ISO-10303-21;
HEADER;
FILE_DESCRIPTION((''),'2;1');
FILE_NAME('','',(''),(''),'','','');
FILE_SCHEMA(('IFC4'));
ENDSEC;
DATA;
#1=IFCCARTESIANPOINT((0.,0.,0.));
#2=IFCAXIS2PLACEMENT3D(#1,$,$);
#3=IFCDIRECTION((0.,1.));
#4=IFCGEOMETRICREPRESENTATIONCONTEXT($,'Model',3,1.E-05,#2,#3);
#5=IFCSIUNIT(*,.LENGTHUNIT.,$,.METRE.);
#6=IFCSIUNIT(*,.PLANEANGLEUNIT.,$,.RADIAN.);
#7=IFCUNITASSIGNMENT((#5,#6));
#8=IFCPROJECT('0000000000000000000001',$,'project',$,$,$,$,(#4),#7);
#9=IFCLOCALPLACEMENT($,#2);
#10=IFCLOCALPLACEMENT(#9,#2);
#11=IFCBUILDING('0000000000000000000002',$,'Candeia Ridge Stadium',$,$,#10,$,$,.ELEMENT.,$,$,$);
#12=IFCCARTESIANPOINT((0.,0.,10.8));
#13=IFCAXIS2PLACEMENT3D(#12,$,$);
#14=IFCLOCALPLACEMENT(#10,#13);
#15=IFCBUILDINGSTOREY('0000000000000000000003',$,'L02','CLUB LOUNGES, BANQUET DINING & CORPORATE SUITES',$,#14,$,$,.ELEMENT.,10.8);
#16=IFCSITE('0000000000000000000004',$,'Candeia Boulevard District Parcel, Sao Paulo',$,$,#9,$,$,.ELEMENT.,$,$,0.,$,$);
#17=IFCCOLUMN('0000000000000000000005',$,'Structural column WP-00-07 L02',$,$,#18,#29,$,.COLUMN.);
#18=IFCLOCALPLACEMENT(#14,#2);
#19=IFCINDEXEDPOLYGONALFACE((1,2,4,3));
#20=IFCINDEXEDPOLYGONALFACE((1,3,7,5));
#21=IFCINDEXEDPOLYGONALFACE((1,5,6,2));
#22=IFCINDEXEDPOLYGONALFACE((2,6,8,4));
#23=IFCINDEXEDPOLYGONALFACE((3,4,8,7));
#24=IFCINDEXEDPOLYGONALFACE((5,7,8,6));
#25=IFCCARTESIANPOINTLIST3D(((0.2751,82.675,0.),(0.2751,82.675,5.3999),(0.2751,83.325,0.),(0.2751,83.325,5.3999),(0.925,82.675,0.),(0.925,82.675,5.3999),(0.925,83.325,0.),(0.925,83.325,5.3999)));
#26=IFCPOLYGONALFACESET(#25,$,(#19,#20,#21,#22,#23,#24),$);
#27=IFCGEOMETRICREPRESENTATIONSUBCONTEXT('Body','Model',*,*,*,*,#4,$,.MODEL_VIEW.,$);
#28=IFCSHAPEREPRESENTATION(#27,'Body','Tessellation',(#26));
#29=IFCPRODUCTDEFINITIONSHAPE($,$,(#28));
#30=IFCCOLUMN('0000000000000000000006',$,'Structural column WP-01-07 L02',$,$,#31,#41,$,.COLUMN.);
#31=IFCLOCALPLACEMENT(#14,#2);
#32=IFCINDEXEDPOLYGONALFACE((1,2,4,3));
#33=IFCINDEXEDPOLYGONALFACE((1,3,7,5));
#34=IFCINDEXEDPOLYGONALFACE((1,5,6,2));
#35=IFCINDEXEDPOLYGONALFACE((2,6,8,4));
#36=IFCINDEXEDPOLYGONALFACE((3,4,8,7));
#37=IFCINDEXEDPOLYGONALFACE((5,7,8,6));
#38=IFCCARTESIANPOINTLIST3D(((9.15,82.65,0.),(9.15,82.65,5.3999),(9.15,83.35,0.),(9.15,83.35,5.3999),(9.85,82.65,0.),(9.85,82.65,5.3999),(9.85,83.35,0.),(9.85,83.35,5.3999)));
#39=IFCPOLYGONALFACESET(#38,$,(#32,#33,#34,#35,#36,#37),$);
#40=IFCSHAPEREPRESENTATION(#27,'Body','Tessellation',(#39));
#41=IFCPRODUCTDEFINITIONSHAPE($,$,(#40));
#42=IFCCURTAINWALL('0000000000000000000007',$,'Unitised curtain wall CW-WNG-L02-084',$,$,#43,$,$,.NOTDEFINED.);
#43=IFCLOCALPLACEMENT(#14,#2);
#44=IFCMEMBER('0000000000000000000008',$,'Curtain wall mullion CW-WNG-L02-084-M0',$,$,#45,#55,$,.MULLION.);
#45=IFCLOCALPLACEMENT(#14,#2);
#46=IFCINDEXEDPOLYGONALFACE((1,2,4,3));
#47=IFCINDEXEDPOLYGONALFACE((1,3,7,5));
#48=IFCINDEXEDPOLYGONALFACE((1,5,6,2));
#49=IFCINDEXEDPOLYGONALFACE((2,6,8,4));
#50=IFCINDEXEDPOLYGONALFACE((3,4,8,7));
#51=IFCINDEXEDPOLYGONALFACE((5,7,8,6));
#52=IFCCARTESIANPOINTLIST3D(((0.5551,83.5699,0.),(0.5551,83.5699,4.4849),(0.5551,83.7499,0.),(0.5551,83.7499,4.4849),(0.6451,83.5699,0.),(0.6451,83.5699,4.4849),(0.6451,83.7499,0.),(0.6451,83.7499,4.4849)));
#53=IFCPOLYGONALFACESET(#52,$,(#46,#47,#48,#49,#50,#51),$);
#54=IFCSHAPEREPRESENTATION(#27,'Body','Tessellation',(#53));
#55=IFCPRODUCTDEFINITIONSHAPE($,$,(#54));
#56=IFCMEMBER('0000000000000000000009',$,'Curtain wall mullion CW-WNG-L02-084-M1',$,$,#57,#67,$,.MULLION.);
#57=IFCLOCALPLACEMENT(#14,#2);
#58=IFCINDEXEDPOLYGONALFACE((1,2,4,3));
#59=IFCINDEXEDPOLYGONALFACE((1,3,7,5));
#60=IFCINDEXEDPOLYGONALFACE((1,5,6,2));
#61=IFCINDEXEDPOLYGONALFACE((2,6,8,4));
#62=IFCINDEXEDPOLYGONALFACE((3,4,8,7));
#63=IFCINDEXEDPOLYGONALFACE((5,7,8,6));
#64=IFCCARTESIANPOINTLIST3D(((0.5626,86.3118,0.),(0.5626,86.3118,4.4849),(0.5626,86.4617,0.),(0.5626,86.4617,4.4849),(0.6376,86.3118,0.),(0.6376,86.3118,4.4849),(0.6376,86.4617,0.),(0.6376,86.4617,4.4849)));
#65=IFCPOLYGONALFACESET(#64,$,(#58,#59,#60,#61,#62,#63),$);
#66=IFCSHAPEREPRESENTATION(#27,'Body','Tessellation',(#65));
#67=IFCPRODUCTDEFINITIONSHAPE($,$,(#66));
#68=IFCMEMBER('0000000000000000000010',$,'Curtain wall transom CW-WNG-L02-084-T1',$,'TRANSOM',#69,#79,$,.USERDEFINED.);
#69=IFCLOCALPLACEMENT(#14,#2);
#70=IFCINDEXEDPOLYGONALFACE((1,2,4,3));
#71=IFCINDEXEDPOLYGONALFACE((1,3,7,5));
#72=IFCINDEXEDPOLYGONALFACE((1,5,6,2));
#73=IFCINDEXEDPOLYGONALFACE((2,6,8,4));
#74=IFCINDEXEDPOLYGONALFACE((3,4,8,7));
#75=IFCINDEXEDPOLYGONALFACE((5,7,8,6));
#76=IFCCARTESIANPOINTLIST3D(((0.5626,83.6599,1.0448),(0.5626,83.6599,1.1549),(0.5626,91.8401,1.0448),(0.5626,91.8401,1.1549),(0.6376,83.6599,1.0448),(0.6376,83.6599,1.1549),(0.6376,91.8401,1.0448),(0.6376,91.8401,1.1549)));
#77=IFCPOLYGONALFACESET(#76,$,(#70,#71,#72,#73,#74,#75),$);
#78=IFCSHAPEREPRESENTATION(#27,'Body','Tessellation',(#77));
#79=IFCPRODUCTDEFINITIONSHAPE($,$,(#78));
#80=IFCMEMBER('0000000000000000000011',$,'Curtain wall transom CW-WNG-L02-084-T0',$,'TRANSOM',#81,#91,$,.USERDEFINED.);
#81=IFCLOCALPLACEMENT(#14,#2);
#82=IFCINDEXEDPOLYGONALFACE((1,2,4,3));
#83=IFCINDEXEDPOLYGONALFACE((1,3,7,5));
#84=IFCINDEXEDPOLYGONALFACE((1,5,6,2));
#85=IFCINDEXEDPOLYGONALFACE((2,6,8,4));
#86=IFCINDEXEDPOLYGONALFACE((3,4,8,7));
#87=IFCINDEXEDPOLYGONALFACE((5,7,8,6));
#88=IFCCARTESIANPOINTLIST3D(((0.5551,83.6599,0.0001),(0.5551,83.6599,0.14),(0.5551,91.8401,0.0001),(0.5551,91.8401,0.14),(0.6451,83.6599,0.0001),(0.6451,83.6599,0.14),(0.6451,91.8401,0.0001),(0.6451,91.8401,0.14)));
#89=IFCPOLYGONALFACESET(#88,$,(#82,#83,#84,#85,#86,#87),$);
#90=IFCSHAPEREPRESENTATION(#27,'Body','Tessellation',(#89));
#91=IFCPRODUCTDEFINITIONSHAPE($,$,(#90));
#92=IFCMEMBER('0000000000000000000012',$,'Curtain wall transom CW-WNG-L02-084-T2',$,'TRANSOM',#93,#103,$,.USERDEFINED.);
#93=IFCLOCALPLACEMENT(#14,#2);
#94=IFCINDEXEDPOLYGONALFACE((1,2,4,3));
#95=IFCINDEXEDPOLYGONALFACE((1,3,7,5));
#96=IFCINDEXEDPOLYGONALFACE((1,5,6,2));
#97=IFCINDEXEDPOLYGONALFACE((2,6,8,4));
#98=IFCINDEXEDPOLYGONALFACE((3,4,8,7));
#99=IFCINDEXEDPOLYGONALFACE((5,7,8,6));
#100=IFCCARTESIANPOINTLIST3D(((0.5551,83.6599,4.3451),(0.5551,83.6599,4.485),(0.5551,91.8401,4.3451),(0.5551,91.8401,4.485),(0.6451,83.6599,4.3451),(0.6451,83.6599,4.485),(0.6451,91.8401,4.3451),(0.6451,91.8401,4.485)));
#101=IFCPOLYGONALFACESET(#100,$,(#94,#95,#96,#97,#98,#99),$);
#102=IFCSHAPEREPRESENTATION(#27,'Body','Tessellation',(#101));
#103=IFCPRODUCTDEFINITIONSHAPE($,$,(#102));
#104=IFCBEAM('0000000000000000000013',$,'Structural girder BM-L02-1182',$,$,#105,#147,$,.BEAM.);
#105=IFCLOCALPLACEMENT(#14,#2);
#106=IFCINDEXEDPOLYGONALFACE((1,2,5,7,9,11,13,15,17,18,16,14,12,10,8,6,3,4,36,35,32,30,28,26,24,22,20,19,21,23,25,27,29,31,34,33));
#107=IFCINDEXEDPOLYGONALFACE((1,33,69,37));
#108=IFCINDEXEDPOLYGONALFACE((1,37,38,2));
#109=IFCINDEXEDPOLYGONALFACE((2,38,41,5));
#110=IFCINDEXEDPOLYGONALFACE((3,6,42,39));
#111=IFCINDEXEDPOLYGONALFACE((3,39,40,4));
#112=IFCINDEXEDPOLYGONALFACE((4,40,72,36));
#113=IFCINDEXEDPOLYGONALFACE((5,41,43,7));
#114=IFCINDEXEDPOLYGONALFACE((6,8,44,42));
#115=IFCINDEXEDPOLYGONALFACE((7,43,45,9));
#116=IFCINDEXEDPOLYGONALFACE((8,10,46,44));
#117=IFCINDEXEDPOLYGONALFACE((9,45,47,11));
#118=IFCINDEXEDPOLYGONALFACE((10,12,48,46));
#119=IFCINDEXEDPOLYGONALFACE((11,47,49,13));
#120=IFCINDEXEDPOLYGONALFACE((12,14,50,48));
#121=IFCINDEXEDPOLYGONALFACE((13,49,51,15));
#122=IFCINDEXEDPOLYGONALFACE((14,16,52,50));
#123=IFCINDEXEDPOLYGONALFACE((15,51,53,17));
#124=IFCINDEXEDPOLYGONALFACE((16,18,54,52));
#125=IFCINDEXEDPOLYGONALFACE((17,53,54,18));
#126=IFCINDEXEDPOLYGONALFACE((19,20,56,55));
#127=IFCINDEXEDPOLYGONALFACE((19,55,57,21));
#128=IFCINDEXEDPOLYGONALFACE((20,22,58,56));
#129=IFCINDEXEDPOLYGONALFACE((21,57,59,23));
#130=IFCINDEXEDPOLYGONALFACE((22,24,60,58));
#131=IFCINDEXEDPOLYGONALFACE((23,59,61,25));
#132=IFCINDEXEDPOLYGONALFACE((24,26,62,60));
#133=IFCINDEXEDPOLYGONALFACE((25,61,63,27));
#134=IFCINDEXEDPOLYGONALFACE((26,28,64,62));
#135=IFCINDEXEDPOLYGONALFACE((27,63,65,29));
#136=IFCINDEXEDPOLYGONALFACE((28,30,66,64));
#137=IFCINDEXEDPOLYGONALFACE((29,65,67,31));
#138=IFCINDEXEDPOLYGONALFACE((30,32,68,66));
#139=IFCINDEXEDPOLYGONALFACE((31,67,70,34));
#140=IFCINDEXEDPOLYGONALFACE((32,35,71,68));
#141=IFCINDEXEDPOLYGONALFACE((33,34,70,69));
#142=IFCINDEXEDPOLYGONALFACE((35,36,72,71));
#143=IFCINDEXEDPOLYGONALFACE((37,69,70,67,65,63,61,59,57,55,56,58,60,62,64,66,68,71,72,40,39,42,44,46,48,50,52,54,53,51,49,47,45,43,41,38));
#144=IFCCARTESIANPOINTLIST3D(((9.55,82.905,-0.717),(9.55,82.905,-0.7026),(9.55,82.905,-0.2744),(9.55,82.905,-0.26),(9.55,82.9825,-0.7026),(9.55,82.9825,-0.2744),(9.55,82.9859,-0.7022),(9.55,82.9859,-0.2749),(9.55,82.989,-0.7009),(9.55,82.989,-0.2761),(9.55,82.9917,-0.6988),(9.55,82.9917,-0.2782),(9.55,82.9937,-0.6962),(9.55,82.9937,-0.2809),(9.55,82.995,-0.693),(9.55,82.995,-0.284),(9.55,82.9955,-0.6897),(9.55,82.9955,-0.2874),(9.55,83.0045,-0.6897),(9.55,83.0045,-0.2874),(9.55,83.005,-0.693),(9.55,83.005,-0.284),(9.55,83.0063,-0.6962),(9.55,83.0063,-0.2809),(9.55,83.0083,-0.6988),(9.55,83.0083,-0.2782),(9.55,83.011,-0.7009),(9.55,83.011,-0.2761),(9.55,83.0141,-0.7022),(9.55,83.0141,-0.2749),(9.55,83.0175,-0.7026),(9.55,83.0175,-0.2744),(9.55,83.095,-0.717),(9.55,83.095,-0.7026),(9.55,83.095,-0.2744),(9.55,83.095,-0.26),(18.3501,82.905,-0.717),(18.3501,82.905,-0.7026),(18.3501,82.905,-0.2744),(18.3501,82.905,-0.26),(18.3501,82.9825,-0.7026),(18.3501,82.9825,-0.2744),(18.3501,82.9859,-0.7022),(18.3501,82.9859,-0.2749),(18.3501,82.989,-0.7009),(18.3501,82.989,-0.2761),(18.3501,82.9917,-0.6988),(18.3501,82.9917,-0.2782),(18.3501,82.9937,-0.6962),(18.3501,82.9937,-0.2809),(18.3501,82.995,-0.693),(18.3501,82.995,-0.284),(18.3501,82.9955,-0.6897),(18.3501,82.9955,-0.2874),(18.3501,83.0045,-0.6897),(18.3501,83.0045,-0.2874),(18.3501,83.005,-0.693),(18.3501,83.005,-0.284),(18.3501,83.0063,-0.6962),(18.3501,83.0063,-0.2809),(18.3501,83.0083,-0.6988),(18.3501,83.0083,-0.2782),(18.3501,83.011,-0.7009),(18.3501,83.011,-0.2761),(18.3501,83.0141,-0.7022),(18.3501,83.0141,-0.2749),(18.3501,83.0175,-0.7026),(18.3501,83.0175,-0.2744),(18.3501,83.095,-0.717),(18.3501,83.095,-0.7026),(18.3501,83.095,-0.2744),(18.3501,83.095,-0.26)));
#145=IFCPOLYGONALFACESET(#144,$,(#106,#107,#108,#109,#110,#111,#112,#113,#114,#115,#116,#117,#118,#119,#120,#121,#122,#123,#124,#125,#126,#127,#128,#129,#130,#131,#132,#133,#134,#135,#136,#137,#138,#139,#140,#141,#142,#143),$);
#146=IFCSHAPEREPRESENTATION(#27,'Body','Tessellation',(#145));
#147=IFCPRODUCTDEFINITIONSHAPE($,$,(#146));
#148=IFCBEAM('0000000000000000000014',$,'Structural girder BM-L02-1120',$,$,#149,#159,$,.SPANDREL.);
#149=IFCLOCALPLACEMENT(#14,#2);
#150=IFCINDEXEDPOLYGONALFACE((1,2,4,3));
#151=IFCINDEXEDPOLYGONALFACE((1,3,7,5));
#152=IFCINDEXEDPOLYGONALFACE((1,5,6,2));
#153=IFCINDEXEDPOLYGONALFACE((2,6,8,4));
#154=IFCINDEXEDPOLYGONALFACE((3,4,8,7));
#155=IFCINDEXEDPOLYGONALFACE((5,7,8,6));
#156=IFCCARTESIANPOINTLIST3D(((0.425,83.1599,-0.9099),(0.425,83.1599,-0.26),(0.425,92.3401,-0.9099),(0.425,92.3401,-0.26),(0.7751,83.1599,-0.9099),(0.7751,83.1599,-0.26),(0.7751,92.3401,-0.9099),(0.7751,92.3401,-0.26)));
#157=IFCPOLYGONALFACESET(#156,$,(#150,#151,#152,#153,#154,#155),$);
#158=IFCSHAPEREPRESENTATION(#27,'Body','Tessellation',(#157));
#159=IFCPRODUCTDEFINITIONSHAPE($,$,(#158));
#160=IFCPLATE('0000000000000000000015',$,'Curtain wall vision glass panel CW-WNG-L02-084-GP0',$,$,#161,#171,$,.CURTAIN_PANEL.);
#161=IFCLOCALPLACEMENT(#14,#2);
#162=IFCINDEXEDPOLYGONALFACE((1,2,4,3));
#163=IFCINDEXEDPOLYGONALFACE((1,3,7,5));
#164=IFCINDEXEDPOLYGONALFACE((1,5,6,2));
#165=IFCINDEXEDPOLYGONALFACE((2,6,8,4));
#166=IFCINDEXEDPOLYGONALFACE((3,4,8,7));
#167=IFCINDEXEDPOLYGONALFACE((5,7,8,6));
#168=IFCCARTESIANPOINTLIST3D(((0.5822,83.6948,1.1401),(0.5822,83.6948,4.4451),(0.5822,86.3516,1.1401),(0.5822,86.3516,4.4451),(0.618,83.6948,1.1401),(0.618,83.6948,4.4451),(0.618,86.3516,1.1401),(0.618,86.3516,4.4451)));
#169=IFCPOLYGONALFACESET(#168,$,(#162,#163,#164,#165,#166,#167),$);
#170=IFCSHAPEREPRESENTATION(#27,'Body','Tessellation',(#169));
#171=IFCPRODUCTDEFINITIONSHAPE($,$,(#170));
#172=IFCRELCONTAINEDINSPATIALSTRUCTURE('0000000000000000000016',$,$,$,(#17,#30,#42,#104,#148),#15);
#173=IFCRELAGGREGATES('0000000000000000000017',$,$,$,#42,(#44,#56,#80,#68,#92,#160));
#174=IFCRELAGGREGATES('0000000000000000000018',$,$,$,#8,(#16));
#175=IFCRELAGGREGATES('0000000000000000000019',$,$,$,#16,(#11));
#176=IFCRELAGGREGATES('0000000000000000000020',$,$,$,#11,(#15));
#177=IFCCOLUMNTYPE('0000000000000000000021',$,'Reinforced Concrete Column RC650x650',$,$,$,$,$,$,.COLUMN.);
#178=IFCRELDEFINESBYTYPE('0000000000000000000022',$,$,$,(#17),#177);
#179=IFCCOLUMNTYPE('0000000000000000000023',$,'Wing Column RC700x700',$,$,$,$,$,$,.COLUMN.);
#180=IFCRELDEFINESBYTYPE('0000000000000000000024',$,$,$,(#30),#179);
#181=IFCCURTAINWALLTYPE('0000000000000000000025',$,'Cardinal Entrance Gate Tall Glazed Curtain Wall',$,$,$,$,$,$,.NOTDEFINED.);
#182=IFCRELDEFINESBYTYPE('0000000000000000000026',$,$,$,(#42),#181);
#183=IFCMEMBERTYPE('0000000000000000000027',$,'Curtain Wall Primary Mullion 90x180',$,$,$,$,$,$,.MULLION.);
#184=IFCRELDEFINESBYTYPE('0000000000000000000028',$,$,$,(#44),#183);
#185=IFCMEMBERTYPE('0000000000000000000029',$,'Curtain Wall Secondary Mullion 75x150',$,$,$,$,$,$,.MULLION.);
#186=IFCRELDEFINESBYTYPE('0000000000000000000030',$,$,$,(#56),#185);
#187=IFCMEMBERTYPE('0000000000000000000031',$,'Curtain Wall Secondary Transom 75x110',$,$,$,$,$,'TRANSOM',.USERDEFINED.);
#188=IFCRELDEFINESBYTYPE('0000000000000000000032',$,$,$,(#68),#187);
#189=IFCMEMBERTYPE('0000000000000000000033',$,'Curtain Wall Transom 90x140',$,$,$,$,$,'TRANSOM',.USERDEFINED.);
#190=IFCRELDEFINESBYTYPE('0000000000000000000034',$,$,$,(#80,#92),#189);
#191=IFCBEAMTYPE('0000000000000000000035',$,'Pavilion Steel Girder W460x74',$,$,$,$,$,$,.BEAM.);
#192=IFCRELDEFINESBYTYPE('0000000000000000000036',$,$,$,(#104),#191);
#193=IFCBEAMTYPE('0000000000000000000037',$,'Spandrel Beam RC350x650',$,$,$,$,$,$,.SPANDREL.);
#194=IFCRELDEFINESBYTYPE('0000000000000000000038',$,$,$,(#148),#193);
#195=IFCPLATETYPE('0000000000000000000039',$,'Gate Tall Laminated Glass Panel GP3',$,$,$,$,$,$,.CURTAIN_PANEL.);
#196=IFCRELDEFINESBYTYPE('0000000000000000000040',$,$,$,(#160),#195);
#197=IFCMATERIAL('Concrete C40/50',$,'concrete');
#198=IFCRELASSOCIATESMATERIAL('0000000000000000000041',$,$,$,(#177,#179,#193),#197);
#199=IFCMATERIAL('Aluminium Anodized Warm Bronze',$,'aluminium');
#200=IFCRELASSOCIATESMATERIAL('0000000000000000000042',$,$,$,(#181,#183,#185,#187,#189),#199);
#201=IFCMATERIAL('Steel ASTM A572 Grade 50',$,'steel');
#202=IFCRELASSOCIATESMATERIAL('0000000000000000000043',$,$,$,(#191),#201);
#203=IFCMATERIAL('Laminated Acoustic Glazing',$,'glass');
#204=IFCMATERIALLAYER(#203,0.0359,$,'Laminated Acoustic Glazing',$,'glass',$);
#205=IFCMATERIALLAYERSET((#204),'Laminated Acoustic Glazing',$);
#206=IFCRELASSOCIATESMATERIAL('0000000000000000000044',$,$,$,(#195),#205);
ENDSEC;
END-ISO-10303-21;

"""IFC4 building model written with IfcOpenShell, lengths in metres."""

from ifc_helpers import new_model, si_unit, direction, frame, origin, origin_2d, place, context, subcontext, project, spatial, rectangle, i_section, extrude, material, layer, layer_set, material_profile, profile_set, type_object, element, aggregate, save


model = new_model("IFC4")

# Units and contexts
model_context = context("Model", 3, precision=1e-05, world=origin(), true_north=direction((0.0, 1.0)))
body_context = subcontext(model_context, "Body", "Model", "MODEL_VIEW")
ifc_project = project(units=[si_unit("LENGTHUNIT", "METRE"), si_unit("PLANEANGLEUNIT", "RADIAN")], contexts=[model_context])

# Site, building, storey
site_placement = place(None, origin())
site = spatial("IfcSite", under=ifc_project, at=site_placement, Name="Candeia Boulevard District Parcel, Sao Paulo", CompositionType="ELEMENT", RefElevation=0.0)
building_placement = place(site_placement, origin())
building = spatial("IfcBuilding", under=site, at=building_placement, Name="Candeia Ridge Stadium", CompositionType="ELEMENT")
storey_placement = place(building_placement, frame((0.0, 0.0, 10.8)))
storey = spatial("IfcBuildingStorey", under=building, at=storey_placement, Name="L02", Description="CLUB LOUNGES, BANQUET DINING & CORPORATE SUITES", CompositionType="ELEMENT", Elevation=10.8)

# Columns
ifc_material_1 = material(Name="Concrete C40/50", Category="concrete")
ifc_material_profile_1 = material_profile(ifc_material_1, rectangle(XDim=0.6499, YDim=0.6499, at=origin_2d()), Name="RC650x650", Category="concrete")
ifc_profile_set_1 = profile_set([ifc_material_profile_1], Name="Concrete C40/50")
column_type_1 = type_object("IfcColumnType", Name="Reinforced Concrete Column RC650x650", PredefinedType="COLUMN", material=ifc_profile_set_1)
column_1_placement = place(storey_placement, frame((0.6001, 83.0, 0.0), z_axis=(0.0, 0.0, 1.0), x_axis=(1.0, 0.0, 0.0)))
element("IfcColumn", 1, at=column_1_placement, inside=storey, type_object=column_type_1, Name="Structural column WP-00-07 L02", PredefinedType="COLUMN", context=body_context, shape_type="SweptSolid", body=[
    extrude(rectangle(XDim=0.6499, YDim=0.6499, at=origin_2d()), origin(), (0.0, 0.0, 1.0), 5.3999),
])
ifc_material_profile_2 = material_profile(ifc_material_1, rectangle(XDim=0.7, YDim=0.7, at=origin_2d()), Name="RC700x700", Category="concrete")
ifc_profile_set_2 = profile_set([ifc_material_profile_2], Name="Concrete C40/50")
column_type_2 = type_object("IfcColumnType", Name="Wing Column RC700x700", PredefinedType="COLUMN", material=ifc_profile_set_2)
column_2_placement = place(storey_placement, frame((9.5, 83.0, 0.0), z_axis=(0.0, 0.0, 1.0), x_axis=(1.0, 0.0, 0.0)))
element("IfcColumn", 2, at=column_2_placement, inside=storey, type_object=column_type_2, Name="Structural column WP-01-07 L02", PredefinedType="COLUMN", context=body_context, shape_type="SweptSolid", body=[
    extrude(rectangle(XDim=0.7, YDim=0.7, at=origin_2d()), origin(), (0.0, 0.0, 1.0), 5.3999),
])

# Curtain wall, members
ifc_material_2 = material(Name="Aluminium Anodized Warm Bronze", Category="aluminium")
curtain_wall_type = type_object("IfcCurtainWallType", Name="Cardinal Entrance Gate Tall Glazed Curtain Wall", PredefinedType="NOTDEFINED", material=ifc_material_2)
curtain_wall_placement = place(storey_placement, origin())
curtain_wall = element("IfcCurtainWall", 3, at=curtain_wall_placement, inside=storey, type_object=curtain_wall_type, Name="Unitised curtain wall CW-WNG-L02-084", PredefinedType="NOTDEFINED")
ifc_material_profile_3 = material_profile(ifc_material_2, rectangle(XDim=0.0901, YDim=0.1799, at=origin_2d()), Name="CWM-90x180", Category="aluminium")
ifc_profile_set_3 = profile_set([ifc_material_profile_3], Name="Aluminium Anodized Warm Bronze")
member_type_1 = type_object("IfcMemberType", Name="Curtain Wall Primary Mullion 90x180", PredefinedType="MULLION", material=ifc_profile_set_3)
member_1_placement = place(storey_placement, frame((0.6001, 83.6599, 0.0), z_axis=(0.0, 0.0, 1.0), x_axis=(1.0, 0.0, 0.0)))
member_1 = element("IfcMember", 4, at=member_1_placement, type_object=member_type_1, Name="Curtain wall mullion CW-WNG-L02-084-M0", PredefinedType="MULLION", context=body_context, shape_type="SweptSolid", body=[
    extrude(rectangle(XDim=0.0901, YDim=0.1799, at=origin_2d()), origin(), (0.0, 0.0, 1.0), 4.4849),
])
ifc_material_profile_4 = material_profile(ifc_material_2, rectangle(XDim=0.075, YDim=0.1499, at=origin_2d()), Name="CWM-75x150", Category="aluminium")
ifc_profile_set_4 = profile_set([ifc_material_profile_4], Name="Aluminium Anodized Warm Bronze")
member_type_2 = type_object("IfcMemberType", Name="Curtain Wall Secondary Mullion 75x150", PredefinedType="MULLION", material=ifc_profile_set_4)
member_2_placement = place(storey_placement, frame((0.6001, 86.3867, 0.0), z_axis=(0.0, 0.0, 1.0), x_axis=(1.0, 0.0, 0.0)))
member_2 = element("IfcMember", 5, at=member_2_placement, type_object=member_type_2, Name="Curtain wall mullion CW-WNG-L02-084-M1", PredefinedType="MULLION", context=body_context, shape_type="SweptSolid", body=[
    extrude(rectangle(XDim=0.075, YDim=0.1499, at=origin_2d()), origin(), (0.0, 0.0, 1.0), 4.4849),
])
ifc_material_profile_5 = material_profile(ifc_material_2, rectangle(XDim=0.075, YDim=0.1101, at=origin_2d()), Name="CWT-75x110", Category="aluminium")
ifc_profile_set_5 = profile_set([ifc_material_profile_5], Name="Aluminium Anodized Warm Bronze")
member_type_3 = type_object("IfcMemberType", Name="Curtain Wall Secondary Transom 75x110", ElementType="TRANSOM", PredefinedType="USERDEFINED", material=ifc_profile_set_5)
member_3_placement = place(storey_placement, frame((0.6001, 83.6599, 1.0999), z_axis=(0.0, 1.0, 0.0), x_axis=(-1.0, 0.0, 0.0)))
member_3 = element("IfcMember", 6, at=member_3_placement, type_object=member_type_3, Name="Curtain wall transom CW-WNG-L02-084-T1", ObjectType="TRANSOM", PredefinedType="USERDEFINED", context=body_context, shape_type="SweptSolid", body=[
    extrude(rectangle(XDim=0.075, YDim=0.1101, at=origin_2d()), origin(), (0.0, 0.0, 1.0), 8.1802),
])
ifc_material_profile_6 = material_profile(ifc_material_2, rectangle(XDim=0.0901, YDim=0.1399, at=origin_2d()), Name="CWT-90x140", Category="aluminium")
ifc_profile_set_6 = profile_set([ifc_material_profile_6], Name="Aluminium Anodized Warm Bronze")
member_type_4 = type_object("IfcMemberType", Name="Curtain Wall Transom 90x140", ElementType="TRANSOM", PredefinedType="USERDEFINED", material=ifc_profile_set_6)
member_4_placement = place(storey_placement, frame((0.6001, 83.6599, 0.0701), z_axis=(0.0, 1.0, 0.0), x_axis=(-1.0, 0.0, 0.0)))
member_4 = element("IfcMember", 7, at=member_4_placement, type_object=member_type_4, Name="Curtain wall transom CW-WNG-L02-084-T0", ObjectType="TRANSOM", PredefinedType="USERDEFINED", context=body_context, shape_type="SweptSolid", body=[
    extrude(rectangle(XDim=0.0901, YDim=0.1399, at=origin_2d()), origin(), (0.0, 0.0, 1.0), 8.1802),
])
member_5_placement = place(storey_placement, frame((0.6001, 83.6599, 4.415), z_axis=(0.0, 1.0, 0.0), x_axis=(-1.0, 0.0, 0.0)))
member_5 = element("IfcMember", 8, at=member_5_placement, type_object=member_type_4, Name="Curtain wall transom CW-WNG-L02-084-T2", ObjectType="TRANSOM", PredefinedType="USERDEFINED", context=body_context, shape_type="SweptSolid", body=[
    extrude(rectangle(XDim=0.0901, YDim=0.1399, at=origin_2d()), origin(), (0.0, 0.0, 1.0), 8.1802),
])

# Beams
ifc_material_3 = material(Name="Steel ASTM A572 Grade 50", Category="steel")
ifc_material_profile_7 = material_profile(ifc_material_3, i_section(OverallWidth=0.1899, OverallDepth=0.457, WebThickness=0.009, FlangeThickness=0.0144, FilletRadius=0.0129, at=origin_2d()), Name="W460x74", Category="steel")
ifc_profile_set_7 = profile_set([ifc_material_profile_7], Name="Steel ASTM A572 Grade 50")
beam_type_1 = type_object("IfcBeamType", Name="Pavilion Steel Girder W460x74", PredefinedType="BEAM", material=ifc_profile_set_7)
beam_1_placement = place(storey_placement, frame((9.55, 83.0, -0.4885), z_axis=(1.0, 0.0, 0.0), x_axis=(0.0, 1.0, 0.0)))
element("IfcBeam", 9, at=beam_1_placement, inside=storey, type_object=beam_type_1, Name="Structural girder BM-L02-1182", PredefinedType="BEAM", context=body_context, shape_type="SweptSolid", body=[
    extrude(i_section(OverallWidth=0.1899, OverallDepth=0.457, WebThickness=0.009, FlangeThickness=0.0144, FilletRadius=0.0129, at=origin_2d()), origin(), (0.0, 0.0, 1.0), 8.8),
])
ifc_material_profile_8 = material_profile(ifc_material_1, rectangle(XDim=0.3501, YDim=0.6499, at=origin_2d()), Name="RC350x650", Category="concrete")
ifc_profile_set_8 = profile_set([ifc_material_profile_8], Name="Concrete C40/50")
beam_type_2 = type_object("IfcBeamType", Name="Spandrel Beam RC350x650", PredefinedType="SPANDREL", material=ifc_profile_set_8)
beam_2_placement = place(storey_placement, frame((0.6001, 83.1599, -0.585), z_axis=(0.0, 1.0, 0.0), x_axis=(-1.0, 0.0, 0.0)))
element("IfcBeam", 10, at=beam_2_placement, inside=storey, type_object=beam_type_2, Name="Structural girder BM-L02-1120", PredefinedType="SPANDREL", context=body_context, shape_type="SweptSolid", body=[
    extrude(rectangle(XDim=0.3501, YDim=0.6499, at=origin_2d()), origin(), (0.0, 0.0, 1.0), 9.1802),
])

# Plate
ifc_material_4 = material(Name="Laminated Acoustic Glazing", Category="glass")
ifc_layer_1 = layer(ifc_material_4, 0.0359, Name="Laminated Acoustic Glazing", Category="glass")
ifc_layer_set_1 = layer_set([ifc_layer_1], Name="Laminated Acoustic Glazing")
plate_type_1 = type_object("IfcPlateType", Name="Gate Tall Laminated Glass Panel GP3", PredefinedType="CURTAIN_PANEL", material=ifc_layer_set_1)
plate_1_placement = place(storey_placement, frame((0.6001, 85.0232, 1.1401), z_axis=(0.0, 0.0, 1.0), x_axis=(0.0, 1.0, 0.0)))
plate_1 = element("IfcPlate", 11, at=plate_1_placement, type_object=plate_type_1, Name="Curtain wall vision glass panel CW-WNG-L02-084-GP0", PredefinedType="CURTAIN_PANEL", context=body_context, shape_type="SweptSolid", body=[
    extrude(rectangle(XDim=2.6567, YDim=0.0359, at=origin_2d()), origin(), (0.0, 0.0, 1.0), 3.3049),
])
aggregate(curtain_wall, [member_1, member_2, member_4, member_3, member_5, plate_1])

save(model, "model.ifc")
